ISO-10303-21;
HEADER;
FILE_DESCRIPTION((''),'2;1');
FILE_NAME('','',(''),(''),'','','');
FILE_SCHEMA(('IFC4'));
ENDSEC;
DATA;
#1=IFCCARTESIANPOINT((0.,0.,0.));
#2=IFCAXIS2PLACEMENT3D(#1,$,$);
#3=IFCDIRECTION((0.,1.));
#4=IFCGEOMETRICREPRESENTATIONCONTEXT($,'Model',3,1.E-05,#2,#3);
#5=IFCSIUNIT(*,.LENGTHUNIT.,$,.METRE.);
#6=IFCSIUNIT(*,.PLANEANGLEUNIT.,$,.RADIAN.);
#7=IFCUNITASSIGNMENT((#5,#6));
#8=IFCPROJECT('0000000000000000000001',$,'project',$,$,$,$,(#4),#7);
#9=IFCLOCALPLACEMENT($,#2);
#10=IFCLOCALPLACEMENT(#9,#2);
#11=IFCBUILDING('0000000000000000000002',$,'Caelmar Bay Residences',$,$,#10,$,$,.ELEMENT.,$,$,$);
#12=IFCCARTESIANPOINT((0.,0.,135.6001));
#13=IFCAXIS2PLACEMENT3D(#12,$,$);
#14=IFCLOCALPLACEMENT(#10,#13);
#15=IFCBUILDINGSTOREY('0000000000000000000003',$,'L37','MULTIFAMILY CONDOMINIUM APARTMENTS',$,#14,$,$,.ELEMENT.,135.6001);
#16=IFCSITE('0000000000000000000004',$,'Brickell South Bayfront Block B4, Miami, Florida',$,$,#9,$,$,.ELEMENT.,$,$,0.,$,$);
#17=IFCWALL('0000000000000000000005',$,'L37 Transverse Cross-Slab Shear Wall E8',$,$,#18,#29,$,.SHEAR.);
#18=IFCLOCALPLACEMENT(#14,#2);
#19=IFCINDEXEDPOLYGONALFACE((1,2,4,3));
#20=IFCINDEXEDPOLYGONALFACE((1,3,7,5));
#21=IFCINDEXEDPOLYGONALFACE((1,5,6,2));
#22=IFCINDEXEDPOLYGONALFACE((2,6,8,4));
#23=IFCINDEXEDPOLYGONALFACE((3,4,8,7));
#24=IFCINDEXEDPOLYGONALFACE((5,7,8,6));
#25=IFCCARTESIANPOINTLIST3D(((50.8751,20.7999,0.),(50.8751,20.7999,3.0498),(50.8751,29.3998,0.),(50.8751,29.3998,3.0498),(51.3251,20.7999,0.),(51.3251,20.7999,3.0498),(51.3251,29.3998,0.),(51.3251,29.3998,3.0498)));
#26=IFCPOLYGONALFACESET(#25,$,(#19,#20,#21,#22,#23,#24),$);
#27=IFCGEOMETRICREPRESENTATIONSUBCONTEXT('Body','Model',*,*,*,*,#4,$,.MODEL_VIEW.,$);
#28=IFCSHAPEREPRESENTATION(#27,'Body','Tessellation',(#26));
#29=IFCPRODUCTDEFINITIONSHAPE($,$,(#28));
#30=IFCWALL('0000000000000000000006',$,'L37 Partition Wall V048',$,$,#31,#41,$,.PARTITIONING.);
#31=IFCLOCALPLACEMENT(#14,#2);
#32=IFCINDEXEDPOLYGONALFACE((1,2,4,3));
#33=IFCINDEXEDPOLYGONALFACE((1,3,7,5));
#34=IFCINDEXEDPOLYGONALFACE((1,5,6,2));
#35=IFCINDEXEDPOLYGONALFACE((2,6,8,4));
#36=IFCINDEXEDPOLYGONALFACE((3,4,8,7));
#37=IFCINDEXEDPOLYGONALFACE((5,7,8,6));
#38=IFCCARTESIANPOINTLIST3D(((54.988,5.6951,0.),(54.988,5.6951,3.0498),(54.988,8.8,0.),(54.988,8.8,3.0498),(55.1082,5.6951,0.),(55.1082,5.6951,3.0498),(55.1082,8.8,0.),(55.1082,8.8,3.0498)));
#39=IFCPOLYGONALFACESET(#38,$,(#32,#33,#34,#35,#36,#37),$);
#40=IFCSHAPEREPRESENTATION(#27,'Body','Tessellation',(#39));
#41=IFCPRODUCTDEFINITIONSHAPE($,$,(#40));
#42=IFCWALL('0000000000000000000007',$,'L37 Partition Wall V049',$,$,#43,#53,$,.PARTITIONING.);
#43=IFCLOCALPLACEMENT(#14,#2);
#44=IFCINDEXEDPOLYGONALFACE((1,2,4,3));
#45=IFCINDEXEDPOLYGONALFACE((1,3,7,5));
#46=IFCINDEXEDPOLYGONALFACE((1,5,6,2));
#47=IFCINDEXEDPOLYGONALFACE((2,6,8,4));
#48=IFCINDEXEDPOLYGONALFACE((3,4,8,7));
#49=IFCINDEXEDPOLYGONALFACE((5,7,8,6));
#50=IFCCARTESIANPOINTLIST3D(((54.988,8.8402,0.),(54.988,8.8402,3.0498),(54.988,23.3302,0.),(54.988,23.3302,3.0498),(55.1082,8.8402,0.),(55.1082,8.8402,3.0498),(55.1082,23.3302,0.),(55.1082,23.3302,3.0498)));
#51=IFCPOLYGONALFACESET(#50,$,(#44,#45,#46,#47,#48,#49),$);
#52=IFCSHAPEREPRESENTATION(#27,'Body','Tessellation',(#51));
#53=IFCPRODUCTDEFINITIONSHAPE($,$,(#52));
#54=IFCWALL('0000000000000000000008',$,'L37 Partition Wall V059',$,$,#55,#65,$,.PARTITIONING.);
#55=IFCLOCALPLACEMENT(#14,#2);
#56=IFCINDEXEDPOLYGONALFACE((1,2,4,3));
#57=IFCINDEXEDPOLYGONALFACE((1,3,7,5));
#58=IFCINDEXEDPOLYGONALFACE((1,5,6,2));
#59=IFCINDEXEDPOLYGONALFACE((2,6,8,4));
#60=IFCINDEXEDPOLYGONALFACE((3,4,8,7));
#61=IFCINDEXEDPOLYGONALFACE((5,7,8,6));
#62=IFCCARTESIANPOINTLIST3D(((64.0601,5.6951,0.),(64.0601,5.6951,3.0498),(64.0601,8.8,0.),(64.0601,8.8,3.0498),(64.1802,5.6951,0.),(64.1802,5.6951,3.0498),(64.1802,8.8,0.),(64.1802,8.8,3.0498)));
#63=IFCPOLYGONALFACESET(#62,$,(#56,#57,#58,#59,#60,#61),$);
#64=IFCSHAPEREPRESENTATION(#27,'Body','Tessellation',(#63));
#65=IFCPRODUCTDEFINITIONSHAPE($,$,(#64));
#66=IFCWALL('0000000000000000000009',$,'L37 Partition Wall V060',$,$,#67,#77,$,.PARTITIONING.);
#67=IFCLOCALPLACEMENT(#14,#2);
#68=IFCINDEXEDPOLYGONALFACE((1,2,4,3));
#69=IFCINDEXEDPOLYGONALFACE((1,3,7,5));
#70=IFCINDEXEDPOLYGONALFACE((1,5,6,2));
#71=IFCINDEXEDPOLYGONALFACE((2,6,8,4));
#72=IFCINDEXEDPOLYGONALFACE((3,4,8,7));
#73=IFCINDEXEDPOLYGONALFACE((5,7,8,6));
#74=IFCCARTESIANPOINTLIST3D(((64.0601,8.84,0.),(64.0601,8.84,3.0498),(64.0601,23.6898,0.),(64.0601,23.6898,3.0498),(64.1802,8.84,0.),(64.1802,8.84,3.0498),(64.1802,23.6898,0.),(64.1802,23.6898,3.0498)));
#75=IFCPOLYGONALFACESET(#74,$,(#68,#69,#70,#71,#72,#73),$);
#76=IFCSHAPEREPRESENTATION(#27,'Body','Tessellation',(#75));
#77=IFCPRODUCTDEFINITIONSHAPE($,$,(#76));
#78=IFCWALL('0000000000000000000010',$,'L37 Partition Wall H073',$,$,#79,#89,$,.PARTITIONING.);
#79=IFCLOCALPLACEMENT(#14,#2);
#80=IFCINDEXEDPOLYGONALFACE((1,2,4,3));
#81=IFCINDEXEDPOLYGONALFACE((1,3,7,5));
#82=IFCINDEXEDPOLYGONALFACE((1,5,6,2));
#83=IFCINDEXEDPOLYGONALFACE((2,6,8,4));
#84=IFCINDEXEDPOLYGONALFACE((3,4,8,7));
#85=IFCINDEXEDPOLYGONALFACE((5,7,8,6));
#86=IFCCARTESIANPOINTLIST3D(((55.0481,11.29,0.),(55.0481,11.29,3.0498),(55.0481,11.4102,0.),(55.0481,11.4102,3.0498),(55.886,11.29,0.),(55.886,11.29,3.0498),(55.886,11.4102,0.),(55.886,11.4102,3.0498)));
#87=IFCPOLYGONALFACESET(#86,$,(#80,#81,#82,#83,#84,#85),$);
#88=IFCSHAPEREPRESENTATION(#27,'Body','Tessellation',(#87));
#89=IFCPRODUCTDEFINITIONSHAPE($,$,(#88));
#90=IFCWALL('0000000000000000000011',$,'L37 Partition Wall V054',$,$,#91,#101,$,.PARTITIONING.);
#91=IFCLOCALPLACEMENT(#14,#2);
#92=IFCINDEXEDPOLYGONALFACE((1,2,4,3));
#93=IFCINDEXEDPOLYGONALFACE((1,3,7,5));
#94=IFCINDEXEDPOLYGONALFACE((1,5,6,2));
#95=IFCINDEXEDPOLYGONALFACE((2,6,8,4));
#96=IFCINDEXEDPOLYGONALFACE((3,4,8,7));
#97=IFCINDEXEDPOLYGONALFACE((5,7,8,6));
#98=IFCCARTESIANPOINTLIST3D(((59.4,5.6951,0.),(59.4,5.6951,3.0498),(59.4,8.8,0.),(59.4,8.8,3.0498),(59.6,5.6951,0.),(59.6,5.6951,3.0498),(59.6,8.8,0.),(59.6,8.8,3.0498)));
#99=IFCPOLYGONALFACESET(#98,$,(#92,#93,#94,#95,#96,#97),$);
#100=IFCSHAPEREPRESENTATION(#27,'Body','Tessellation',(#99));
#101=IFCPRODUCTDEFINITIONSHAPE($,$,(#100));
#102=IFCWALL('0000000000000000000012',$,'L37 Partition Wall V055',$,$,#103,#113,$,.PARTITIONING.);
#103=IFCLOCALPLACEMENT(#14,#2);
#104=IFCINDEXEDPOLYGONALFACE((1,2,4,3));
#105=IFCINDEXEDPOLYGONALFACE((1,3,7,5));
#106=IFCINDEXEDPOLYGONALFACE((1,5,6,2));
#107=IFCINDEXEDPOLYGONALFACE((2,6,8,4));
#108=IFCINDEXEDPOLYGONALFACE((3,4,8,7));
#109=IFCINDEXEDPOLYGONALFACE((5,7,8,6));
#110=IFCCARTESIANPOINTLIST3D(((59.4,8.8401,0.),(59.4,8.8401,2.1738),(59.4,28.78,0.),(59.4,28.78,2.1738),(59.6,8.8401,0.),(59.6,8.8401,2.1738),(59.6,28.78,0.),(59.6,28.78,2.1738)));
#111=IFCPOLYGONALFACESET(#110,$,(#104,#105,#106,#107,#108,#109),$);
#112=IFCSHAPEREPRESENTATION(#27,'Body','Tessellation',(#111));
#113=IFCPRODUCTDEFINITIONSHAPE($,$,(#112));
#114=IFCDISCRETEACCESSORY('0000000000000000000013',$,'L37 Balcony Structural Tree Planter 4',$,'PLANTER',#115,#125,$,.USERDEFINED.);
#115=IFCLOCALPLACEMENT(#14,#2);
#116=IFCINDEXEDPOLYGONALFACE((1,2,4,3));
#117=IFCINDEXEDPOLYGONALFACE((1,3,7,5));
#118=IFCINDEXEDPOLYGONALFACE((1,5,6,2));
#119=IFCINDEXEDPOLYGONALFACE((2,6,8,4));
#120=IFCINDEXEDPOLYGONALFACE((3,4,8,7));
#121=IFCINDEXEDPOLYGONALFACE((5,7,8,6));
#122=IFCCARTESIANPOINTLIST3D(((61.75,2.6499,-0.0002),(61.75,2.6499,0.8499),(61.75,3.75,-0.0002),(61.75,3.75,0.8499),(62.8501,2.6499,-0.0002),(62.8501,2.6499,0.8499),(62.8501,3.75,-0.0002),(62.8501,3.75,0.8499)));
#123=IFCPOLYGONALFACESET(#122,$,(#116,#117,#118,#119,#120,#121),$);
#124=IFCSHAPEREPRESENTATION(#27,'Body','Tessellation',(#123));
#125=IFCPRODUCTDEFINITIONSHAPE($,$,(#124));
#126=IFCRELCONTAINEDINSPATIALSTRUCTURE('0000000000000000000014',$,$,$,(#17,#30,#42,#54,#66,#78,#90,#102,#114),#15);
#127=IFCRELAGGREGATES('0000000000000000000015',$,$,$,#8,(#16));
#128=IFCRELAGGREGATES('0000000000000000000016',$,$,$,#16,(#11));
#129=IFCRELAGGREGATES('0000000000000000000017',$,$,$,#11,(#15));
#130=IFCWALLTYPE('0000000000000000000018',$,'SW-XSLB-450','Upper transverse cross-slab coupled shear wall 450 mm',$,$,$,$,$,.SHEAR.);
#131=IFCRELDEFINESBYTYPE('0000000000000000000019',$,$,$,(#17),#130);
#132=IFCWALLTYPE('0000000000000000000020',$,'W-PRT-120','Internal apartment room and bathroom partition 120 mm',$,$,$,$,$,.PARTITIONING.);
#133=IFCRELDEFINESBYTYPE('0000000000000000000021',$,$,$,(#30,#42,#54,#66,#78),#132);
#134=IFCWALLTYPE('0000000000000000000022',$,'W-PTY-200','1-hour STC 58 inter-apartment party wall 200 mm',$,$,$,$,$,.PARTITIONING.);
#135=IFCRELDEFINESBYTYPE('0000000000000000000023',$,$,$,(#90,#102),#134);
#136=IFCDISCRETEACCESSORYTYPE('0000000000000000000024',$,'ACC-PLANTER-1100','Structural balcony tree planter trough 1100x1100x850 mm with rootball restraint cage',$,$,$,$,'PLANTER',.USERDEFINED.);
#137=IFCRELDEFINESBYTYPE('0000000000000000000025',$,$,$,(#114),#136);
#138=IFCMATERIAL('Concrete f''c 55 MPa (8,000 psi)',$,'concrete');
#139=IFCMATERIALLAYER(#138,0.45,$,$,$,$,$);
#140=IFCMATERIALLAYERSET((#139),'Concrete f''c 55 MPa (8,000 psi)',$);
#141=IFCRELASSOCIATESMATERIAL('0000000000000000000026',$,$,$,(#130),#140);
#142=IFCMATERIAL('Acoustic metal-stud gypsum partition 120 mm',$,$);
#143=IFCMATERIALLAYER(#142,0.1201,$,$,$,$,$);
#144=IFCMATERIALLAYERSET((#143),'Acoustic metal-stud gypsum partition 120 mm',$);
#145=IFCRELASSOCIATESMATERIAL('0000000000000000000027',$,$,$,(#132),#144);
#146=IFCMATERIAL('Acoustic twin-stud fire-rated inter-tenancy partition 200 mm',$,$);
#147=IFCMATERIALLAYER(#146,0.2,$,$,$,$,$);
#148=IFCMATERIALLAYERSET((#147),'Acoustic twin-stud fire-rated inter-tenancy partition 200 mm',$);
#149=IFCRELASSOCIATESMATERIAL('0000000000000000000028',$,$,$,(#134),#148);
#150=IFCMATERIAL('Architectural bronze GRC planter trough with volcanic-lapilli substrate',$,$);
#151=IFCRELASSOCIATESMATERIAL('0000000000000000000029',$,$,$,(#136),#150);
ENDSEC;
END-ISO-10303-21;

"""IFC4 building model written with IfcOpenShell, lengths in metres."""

from ifc_helpers import new_model, si_unit, direction, frame, frame_2d, origin, origin_2d, place, context, subcontext, project, spatial, rectangle, extrude, material, layer, layer_set, type_object, element, save


model = new_model("IFC4")

# Units and contexts
model_context = context("Model", 3, precision=1e-05, world=origin(), true_north=direction((0.0, 1.0)))
body_context = subcontext(model_context, "Body", "Model", "MODEL_VIEW")
ifc_project = project(units=[si_unit("LENGTHUNIT", "METRE"), si_unit("PLANEANGLEUNIT", "RADIAN")], contexts=[model_context])

# Site, building, storey
site_placement = place(None, origin())
site = spatial("IfcSite", under=ifc_project, at=site_placement, Name="Brickell South Bayfront Block B4, Miami, Florida", CompositionType="ELEMENT", RefElevation=0.0)
building_placement = place(site_placement, origin())
building = spatial("IfcBuilding", under=site, at=building_placement, Name="Caelmar Bay Residences", CompositionType="ELEMENT")
storey_placement = place(building_placement, frame((0.0, 0.0, 135.6001)))
storey = spatial("IfcBuildingStorey", under=building, at=storey_placement, Name="L37", Description="MULTIFAMILY CONDOMINIUM APARTMENTS", CompositionType="ELEMENT", Elevation=135.6001)

# Walls
ifc_material_1 = material(Name="Concrete f'c 55 MPa (8,000 psi)", Category="concrete")
ifc_layer_1 = layer(ifc_material_1, 0.45)
ifc_layer_set_1 = layer_set([ifc_layer_1], Name="Concrete f'c 55 MPa (8,000 psi)")
wall_type_1 = type_object("IfcWallType", Name="SW-XSLB-450", Description="Upper transverse cross-slab coupled shear wall 450 mm", PredefinedType="SHEAR", material=ifc_layer_set_1)
wall_1_placement = place(storey_placement, frame((51.1001, 20.8, 0.0), z_axis=(0.0, 0.0, 1.0), x_axis=(0.0, 1.0, 0.0)))
element("IfcWall", 1, at=wall_1_placement, inside=storey, type_object=wall_type_1, Name="L37 Transverse Cross-Slab Shear Wall E8", PredefinedType="SHEAR", context=body_context, shape_type="SweptSolid", body=[
    extrude(rectangle(XDim=8.5999, YDim=0.45, at=frame_2d((4.2998, 0.0))), origin(), (0.0, 0.0, 1.0), 3.0498),
])
ifc_material_2 = material(Name="Acoustic metal-stud gypsum partition 120 mm")
ifc_layer_2 = layer(ifc_material_2, 0.1201)
ifc_layer_set_2 = layer_set([ifc_layer_2], Name="Acoustic metal-stud gypsum partition 120 mm")
wall_type_2 = type_object("IfcWallType", Name="W-PRT-120", Description="Internal apartment room and bathroom partition 120 mm", PredefinedType="PARTITIONING", material=ifc_layer_set_2)
wall_2_placement = place(storey_placement, frame((55.0481, 5.6951, 0.0), z_axis=(0.0, 0.0, 1.0), x_axis=(0.0, 1.0, 0.0)))
element("IfcWall", 2, at=wall_2_placement, inside=storey, type_object=wall_type_2, Name="L37 Partition Wall V048", PredefinedType="PARTITIONING", context=body_context, shape_type="SweptSolid", body=[
    extrude(rectangle(XDim=3.105, YDim=0.1201, at=frame_2d((1.5525, 0.0))), origin(), (0.0, 0.0, 1.0), 3.0498),
])
wall_3_placement = place(storey_placement, frame((55.0481, 8.8401, 0.0), z_axis=(0.0, 0.0, 1.0), x_axis=(0.0, 1.0, 0.0)))
element("IfcWall", 3, at=wall_3_placement, inside=storey, type_object=wall_type_2, Name="L37 Partition Wall V049", PredefinedType="PARTITIONING", context=body_context, shape_type="SweptSolid", body=[
    extrude(rectangle(XDim=14.49, YDim=0.1201, at=frame_2d((7.2451, 0.0))), origin(), (0.0, 0.0, 1.0), 3.0498),
])
wall_4_placement = place(storey_placement, frame((64.1201, 5.6951, 0.0), z_axis=(0.0, 0.0, 1.0), x_axis=(0.0, 1.0, 0.0)))
element("IfcWall", 4, at=wall_4_placement, inside=storey, type_object=wall_type_2, Name="L37 Partition Wall V059", PredefinedType="PARTITIONING", context=body_context, shape_type="SweptSolid", body=[
    extrude(rectangle(XDim=3.105, YDim=0.1201, at=frame_2d((1.5525, 0.0))), origin(), (0.0, 0.0, 1.0), 3.0498),
])
wall_5_placement = place(storey_placement, frame((64.1201, 8.8401, 0.0), z_axis=(0.0, 0.0, 1.0), x_axis=(0.0, 1.0, 0.0)))
element("IfcWall", 5, at=wall_5_placement, inside=storey, type_object=wall_type_2, Name="L37 Partition Wall V060", PredefinedType="PARTITIONING", context=body_context, shape_type="SweptSolid", body=[
    extrude(rectangle(XDim=14.8499, YDim=0.1201, at=frame_2d((7.4248, 0.0))), origin(), (0.0, 0.0, 1.0), 3.0498),
])
wall_6_placement = place(storey_placement, frame((55.0481, 11.3501, 0.0), z_axis=(0.0, 0.0, 1.0), x_axis=(1.0, 0.0, 0.0)))
element("IfcWall", 6, at=wall_6_placement, inside=storey, type_object=wall_type_2, Name="L37 Partition Wall H073", PredefinedType="PARTITIONING", context=body_context, shape_type="SweptSolid", body=[
    extrude(rectangle(XDim=0.8379, YDim=0.1201, at=frame_2d((0.4189, 0.0))), origin(), (0.0, 0.0, 1.0), 3.0498),
])

# Walls
ifc_material_3 = material(Name="Acoustic twin-stud fire-rated inter-tenancy partition 200 mm")
ifc_layer_3 = layer(ifc_material_3, 0.2)
ifc_layer_set_3 = layer_set([ifc_layer_3], Name="Acoustic twin-stud fire-rated inter-tenancy partition 200 mm")
wall_type_3 = type_object("IfcWallType", Name="W-PTY-200", Description="1-hour STC 58 inter-apartment party wall 200 mm", PredefinedType="PARTITIONING", material=ifc_layer_set_3)
wall_7_placement = place(storey_placement, frame((59.5, 5.6951, 0.0), z_axis=(0.0, 0.0, 1.0), x_axis=(0.0, 1.0, 0.0)))
element("IfcWall", 7, at=wall_7_placement, inside=storey, type_object=wall_type_3, Name="L37 Partition Wall V054", PredefinedType="PARTITIONING", context=body_context, shape_type="SweptSolid", body=[
    extrude(rectangle(XDim=3.105, YDim=0.2, at=frame_2d((1.5525, 0.0))), origin(), (0.0, 0.0, 1.0), 3.0498),
])
wall_8_placement = place(storey_placement, frame((59.5, 8.8401, 0.0), z_axis=(0.0, 0.0, 1.0), x_axis=(0.0, 1.0, 0.0)))
element("IfcWall", 8, at=wall_8_placement, inside=storey, type_object=wall_type_3, Name="L37 Partition Wall V055", PredefinedType="PARTITIONING", context=body_context, shape_type="SweptSolid", body=[
    extrude(rectangle(XDim=19.9399, YDim=0.2, at=frame_2d((9.97, 0.0))), origin(), (0.0, 0.0, 1.0), 2.1738),
])

# Discrete accessory
ifc_material_4 = material(Name="Architectural bronze GRC planter trough with volcanic-lapilli substrate")
discrete_accessory_type = type_object("IfcDiscreteAccessoryType", Name="ACC-PLANTER-1100", Description="Structural balcony tree planter trough 1100x1100x850 mm with rootball restraint cage", ElementType="PLANTER", PredefinedType="USERDEFINED", material=ifc_material_4)
discrete_accessory_placement = place(storey_placement, frame((62.3, 3.2, -0.0002), z_axis=(0.0, 0.0, 1.0), x_axis=(1.0, 0.0, 0.0)))
element("IfcDiscreteAccessory", 9, at=discrete_accessory_placement, inside=storey, type_object=discrete_accessory_type, Name="L37 Balcony Structural Tree Planter 4", ObjectType="PLANTER", PredefinedType="USERDEFINED", context=body_context, shape_type="SweptSolid", body=[
    extrude(rectangle(XDim=1.1001, YDim=1.1001, at=origin_2d()), origin(), (0.0, 0.0, 1.0), 0.8501),
])

save(model, "model.ifc")
